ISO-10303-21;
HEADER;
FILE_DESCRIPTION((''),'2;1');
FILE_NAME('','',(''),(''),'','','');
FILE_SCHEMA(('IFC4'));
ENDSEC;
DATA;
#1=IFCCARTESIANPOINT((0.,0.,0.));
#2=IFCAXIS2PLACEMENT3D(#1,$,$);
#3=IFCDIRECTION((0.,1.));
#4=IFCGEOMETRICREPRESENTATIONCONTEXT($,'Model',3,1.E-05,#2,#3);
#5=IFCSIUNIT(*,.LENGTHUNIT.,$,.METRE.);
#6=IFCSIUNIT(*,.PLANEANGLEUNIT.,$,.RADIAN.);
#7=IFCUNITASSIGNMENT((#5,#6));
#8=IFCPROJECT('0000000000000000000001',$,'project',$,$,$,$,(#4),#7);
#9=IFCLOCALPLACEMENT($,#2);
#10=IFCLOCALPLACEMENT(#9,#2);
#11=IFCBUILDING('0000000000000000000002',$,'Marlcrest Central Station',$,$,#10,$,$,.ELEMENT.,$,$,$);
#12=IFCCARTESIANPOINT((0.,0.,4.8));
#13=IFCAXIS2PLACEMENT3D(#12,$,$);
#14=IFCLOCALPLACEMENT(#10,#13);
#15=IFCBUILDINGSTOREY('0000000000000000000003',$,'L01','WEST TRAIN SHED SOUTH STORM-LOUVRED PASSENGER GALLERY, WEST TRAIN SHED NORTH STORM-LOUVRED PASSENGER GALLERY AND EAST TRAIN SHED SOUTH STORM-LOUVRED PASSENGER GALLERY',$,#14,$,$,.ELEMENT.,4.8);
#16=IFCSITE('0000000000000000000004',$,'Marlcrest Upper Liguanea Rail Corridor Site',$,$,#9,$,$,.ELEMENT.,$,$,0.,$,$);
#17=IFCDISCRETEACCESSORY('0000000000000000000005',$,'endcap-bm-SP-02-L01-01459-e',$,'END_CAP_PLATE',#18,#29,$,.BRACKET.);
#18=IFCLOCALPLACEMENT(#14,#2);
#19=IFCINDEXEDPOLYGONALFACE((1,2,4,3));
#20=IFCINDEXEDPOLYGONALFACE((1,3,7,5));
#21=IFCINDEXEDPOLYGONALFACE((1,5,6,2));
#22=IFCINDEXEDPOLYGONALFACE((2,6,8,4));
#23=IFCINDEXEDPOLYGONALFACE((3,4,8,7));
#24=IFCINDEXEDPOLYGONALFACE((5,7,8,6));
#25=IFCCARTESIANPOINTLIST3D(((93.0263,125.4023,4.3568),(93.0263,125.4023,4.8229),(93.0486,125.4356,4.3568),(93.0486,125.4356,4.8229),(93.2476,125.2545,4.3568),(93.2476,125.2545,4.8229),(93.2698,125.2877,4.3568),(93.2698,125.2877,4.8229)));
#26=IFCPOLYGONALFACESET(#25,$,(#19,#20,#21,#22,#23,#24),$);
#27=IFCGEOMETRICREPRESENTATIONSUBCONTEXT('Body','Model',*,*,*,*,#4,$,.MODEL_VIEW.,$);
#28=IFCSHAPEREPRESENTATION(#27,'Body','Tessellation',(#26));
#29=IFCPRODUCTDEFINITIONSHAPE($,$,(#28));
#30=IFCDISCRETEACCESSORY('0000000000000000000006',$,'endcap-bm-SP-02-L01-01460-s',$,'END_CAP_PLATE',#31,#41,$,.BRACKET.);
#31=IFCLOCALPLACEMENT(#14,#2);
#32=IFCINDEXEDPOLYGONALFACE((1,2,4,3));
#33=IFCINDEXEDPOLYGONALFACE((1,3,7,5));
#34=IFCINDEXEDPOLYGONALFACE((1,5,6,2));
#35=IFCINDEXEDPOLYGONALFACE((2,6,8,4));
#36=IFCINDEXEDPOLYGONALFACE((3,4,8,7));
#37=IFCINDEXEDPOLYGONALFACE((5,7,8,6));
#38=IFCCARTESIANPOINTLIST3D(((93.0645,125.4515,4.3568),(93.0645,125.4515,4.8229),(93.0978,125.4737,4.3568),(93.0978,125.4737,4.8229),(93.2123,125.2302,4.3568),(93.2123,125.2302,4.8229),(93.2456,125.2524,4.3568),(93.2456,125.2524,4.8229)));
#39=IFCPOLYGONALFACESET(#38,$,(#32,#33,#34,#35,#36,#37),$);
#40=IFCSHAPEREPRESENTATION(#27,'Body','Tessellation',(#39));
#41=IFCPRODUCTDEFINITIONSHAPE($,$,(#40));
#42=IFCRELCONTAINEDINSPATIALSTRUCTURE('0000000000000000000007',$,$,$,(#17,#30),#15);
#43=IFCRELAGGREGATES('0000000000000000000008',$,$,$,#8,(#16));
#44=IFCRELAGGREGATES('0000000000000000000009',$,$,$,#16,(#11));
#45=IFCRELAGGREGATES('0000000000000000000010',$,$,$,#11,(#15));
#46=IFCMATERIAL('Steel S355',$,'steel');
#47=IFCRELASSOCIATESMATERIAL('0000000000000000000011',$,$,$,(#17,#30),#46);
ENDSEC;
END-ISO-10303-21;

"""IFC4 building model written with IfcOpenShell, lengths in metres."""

from ifc_helpers import new_model, si_unit, direction, frame, origin, origin_2d, place, context, subcontext, project, spatial, rectangle, extrude, material, element, save


model = new_model("IFC4")

# Units and contexts
model_context = context("Model", 3, precision=1e-05, world=origin(), true_north=direction((0.0, 1.0)))
body_context = subcontext(model_context, "Body", "Model", "MODEL_VIEW")
ifc_project = project(units=[si_unit("LENGTHUNIT", "METRE"), si_unit("PLANEANGLEUNIT", "RADIAN")], contexts=[model_context])

# Site, building, storey
site_placement = place(None, origin())
site = spatial("IfcSite", under=ifc_project, at=site_placement, Name="Marlcrest Upper Liguanea Rail Corridor Site", CompositionType="ELEMENT", RefElevation=0.0)
building_placement = place(site_placement, origin())
building = spatial("IfcBuilding", under=site, at=building_placement, Name="Marlcrest Central Station", CompositionType="ELEMENT")
storey_placement = place(building_placement, frame((0.0, 0.0, 4.8)))
storey = spatial("IfcBuildingStorey", under=building, at=storey_placement, Name="L01", Description="WEST TRAIN SHED SOUTH STORM-LOUVRED PASSENGER GALLERY, WEST TRAIN SHED NORTH STORM-LOUVRED PASSENGER GALLERY AND EAST TRAIN SHED SOUTH STORM-LOUVRED PASSENGER GALLERY", CompositionType="ELEMENT", Elevation=4.8)

# Shared definitions
ifc_material_1 = material(Name="Steel S355", Category="steel")

# Discrete accessories
for number, where, z_axis, x_axis, name in (
    (1, (93.137, 125.3284, 4.5898), (0.555511, 0.831509, 0.0), (-0.831509, 0.555511, 0.0), "endcap-bm-SP-02-L01-01459-e"),
    (2, (93.1384, 125.3408, 4.5898), (0.831509, 0.555511, 0.0), (-0.555511, 0.831509, 0.0), "endcap-bm-SP-02-L01-01460-s"),
):
    element("IfcDiscreteAccessory", number, at=place(storey_placement, frame(where, z_axis=z_axis, x_axis=x_axis)), inside=storey, material=ifc_material_1, Name=name, ObjectType="END_CAP_PLATE", PredefinedType="BRACKET", context=body_context, shape_type="SweptSolid", body=[
        extrude(rectangle(XDim=0.2661, YDim=0.4661, at=origin_2d()), origin(), (0.0, 0.0, 1.0), 0.04),
    ])

save(model, "model.ifc")
